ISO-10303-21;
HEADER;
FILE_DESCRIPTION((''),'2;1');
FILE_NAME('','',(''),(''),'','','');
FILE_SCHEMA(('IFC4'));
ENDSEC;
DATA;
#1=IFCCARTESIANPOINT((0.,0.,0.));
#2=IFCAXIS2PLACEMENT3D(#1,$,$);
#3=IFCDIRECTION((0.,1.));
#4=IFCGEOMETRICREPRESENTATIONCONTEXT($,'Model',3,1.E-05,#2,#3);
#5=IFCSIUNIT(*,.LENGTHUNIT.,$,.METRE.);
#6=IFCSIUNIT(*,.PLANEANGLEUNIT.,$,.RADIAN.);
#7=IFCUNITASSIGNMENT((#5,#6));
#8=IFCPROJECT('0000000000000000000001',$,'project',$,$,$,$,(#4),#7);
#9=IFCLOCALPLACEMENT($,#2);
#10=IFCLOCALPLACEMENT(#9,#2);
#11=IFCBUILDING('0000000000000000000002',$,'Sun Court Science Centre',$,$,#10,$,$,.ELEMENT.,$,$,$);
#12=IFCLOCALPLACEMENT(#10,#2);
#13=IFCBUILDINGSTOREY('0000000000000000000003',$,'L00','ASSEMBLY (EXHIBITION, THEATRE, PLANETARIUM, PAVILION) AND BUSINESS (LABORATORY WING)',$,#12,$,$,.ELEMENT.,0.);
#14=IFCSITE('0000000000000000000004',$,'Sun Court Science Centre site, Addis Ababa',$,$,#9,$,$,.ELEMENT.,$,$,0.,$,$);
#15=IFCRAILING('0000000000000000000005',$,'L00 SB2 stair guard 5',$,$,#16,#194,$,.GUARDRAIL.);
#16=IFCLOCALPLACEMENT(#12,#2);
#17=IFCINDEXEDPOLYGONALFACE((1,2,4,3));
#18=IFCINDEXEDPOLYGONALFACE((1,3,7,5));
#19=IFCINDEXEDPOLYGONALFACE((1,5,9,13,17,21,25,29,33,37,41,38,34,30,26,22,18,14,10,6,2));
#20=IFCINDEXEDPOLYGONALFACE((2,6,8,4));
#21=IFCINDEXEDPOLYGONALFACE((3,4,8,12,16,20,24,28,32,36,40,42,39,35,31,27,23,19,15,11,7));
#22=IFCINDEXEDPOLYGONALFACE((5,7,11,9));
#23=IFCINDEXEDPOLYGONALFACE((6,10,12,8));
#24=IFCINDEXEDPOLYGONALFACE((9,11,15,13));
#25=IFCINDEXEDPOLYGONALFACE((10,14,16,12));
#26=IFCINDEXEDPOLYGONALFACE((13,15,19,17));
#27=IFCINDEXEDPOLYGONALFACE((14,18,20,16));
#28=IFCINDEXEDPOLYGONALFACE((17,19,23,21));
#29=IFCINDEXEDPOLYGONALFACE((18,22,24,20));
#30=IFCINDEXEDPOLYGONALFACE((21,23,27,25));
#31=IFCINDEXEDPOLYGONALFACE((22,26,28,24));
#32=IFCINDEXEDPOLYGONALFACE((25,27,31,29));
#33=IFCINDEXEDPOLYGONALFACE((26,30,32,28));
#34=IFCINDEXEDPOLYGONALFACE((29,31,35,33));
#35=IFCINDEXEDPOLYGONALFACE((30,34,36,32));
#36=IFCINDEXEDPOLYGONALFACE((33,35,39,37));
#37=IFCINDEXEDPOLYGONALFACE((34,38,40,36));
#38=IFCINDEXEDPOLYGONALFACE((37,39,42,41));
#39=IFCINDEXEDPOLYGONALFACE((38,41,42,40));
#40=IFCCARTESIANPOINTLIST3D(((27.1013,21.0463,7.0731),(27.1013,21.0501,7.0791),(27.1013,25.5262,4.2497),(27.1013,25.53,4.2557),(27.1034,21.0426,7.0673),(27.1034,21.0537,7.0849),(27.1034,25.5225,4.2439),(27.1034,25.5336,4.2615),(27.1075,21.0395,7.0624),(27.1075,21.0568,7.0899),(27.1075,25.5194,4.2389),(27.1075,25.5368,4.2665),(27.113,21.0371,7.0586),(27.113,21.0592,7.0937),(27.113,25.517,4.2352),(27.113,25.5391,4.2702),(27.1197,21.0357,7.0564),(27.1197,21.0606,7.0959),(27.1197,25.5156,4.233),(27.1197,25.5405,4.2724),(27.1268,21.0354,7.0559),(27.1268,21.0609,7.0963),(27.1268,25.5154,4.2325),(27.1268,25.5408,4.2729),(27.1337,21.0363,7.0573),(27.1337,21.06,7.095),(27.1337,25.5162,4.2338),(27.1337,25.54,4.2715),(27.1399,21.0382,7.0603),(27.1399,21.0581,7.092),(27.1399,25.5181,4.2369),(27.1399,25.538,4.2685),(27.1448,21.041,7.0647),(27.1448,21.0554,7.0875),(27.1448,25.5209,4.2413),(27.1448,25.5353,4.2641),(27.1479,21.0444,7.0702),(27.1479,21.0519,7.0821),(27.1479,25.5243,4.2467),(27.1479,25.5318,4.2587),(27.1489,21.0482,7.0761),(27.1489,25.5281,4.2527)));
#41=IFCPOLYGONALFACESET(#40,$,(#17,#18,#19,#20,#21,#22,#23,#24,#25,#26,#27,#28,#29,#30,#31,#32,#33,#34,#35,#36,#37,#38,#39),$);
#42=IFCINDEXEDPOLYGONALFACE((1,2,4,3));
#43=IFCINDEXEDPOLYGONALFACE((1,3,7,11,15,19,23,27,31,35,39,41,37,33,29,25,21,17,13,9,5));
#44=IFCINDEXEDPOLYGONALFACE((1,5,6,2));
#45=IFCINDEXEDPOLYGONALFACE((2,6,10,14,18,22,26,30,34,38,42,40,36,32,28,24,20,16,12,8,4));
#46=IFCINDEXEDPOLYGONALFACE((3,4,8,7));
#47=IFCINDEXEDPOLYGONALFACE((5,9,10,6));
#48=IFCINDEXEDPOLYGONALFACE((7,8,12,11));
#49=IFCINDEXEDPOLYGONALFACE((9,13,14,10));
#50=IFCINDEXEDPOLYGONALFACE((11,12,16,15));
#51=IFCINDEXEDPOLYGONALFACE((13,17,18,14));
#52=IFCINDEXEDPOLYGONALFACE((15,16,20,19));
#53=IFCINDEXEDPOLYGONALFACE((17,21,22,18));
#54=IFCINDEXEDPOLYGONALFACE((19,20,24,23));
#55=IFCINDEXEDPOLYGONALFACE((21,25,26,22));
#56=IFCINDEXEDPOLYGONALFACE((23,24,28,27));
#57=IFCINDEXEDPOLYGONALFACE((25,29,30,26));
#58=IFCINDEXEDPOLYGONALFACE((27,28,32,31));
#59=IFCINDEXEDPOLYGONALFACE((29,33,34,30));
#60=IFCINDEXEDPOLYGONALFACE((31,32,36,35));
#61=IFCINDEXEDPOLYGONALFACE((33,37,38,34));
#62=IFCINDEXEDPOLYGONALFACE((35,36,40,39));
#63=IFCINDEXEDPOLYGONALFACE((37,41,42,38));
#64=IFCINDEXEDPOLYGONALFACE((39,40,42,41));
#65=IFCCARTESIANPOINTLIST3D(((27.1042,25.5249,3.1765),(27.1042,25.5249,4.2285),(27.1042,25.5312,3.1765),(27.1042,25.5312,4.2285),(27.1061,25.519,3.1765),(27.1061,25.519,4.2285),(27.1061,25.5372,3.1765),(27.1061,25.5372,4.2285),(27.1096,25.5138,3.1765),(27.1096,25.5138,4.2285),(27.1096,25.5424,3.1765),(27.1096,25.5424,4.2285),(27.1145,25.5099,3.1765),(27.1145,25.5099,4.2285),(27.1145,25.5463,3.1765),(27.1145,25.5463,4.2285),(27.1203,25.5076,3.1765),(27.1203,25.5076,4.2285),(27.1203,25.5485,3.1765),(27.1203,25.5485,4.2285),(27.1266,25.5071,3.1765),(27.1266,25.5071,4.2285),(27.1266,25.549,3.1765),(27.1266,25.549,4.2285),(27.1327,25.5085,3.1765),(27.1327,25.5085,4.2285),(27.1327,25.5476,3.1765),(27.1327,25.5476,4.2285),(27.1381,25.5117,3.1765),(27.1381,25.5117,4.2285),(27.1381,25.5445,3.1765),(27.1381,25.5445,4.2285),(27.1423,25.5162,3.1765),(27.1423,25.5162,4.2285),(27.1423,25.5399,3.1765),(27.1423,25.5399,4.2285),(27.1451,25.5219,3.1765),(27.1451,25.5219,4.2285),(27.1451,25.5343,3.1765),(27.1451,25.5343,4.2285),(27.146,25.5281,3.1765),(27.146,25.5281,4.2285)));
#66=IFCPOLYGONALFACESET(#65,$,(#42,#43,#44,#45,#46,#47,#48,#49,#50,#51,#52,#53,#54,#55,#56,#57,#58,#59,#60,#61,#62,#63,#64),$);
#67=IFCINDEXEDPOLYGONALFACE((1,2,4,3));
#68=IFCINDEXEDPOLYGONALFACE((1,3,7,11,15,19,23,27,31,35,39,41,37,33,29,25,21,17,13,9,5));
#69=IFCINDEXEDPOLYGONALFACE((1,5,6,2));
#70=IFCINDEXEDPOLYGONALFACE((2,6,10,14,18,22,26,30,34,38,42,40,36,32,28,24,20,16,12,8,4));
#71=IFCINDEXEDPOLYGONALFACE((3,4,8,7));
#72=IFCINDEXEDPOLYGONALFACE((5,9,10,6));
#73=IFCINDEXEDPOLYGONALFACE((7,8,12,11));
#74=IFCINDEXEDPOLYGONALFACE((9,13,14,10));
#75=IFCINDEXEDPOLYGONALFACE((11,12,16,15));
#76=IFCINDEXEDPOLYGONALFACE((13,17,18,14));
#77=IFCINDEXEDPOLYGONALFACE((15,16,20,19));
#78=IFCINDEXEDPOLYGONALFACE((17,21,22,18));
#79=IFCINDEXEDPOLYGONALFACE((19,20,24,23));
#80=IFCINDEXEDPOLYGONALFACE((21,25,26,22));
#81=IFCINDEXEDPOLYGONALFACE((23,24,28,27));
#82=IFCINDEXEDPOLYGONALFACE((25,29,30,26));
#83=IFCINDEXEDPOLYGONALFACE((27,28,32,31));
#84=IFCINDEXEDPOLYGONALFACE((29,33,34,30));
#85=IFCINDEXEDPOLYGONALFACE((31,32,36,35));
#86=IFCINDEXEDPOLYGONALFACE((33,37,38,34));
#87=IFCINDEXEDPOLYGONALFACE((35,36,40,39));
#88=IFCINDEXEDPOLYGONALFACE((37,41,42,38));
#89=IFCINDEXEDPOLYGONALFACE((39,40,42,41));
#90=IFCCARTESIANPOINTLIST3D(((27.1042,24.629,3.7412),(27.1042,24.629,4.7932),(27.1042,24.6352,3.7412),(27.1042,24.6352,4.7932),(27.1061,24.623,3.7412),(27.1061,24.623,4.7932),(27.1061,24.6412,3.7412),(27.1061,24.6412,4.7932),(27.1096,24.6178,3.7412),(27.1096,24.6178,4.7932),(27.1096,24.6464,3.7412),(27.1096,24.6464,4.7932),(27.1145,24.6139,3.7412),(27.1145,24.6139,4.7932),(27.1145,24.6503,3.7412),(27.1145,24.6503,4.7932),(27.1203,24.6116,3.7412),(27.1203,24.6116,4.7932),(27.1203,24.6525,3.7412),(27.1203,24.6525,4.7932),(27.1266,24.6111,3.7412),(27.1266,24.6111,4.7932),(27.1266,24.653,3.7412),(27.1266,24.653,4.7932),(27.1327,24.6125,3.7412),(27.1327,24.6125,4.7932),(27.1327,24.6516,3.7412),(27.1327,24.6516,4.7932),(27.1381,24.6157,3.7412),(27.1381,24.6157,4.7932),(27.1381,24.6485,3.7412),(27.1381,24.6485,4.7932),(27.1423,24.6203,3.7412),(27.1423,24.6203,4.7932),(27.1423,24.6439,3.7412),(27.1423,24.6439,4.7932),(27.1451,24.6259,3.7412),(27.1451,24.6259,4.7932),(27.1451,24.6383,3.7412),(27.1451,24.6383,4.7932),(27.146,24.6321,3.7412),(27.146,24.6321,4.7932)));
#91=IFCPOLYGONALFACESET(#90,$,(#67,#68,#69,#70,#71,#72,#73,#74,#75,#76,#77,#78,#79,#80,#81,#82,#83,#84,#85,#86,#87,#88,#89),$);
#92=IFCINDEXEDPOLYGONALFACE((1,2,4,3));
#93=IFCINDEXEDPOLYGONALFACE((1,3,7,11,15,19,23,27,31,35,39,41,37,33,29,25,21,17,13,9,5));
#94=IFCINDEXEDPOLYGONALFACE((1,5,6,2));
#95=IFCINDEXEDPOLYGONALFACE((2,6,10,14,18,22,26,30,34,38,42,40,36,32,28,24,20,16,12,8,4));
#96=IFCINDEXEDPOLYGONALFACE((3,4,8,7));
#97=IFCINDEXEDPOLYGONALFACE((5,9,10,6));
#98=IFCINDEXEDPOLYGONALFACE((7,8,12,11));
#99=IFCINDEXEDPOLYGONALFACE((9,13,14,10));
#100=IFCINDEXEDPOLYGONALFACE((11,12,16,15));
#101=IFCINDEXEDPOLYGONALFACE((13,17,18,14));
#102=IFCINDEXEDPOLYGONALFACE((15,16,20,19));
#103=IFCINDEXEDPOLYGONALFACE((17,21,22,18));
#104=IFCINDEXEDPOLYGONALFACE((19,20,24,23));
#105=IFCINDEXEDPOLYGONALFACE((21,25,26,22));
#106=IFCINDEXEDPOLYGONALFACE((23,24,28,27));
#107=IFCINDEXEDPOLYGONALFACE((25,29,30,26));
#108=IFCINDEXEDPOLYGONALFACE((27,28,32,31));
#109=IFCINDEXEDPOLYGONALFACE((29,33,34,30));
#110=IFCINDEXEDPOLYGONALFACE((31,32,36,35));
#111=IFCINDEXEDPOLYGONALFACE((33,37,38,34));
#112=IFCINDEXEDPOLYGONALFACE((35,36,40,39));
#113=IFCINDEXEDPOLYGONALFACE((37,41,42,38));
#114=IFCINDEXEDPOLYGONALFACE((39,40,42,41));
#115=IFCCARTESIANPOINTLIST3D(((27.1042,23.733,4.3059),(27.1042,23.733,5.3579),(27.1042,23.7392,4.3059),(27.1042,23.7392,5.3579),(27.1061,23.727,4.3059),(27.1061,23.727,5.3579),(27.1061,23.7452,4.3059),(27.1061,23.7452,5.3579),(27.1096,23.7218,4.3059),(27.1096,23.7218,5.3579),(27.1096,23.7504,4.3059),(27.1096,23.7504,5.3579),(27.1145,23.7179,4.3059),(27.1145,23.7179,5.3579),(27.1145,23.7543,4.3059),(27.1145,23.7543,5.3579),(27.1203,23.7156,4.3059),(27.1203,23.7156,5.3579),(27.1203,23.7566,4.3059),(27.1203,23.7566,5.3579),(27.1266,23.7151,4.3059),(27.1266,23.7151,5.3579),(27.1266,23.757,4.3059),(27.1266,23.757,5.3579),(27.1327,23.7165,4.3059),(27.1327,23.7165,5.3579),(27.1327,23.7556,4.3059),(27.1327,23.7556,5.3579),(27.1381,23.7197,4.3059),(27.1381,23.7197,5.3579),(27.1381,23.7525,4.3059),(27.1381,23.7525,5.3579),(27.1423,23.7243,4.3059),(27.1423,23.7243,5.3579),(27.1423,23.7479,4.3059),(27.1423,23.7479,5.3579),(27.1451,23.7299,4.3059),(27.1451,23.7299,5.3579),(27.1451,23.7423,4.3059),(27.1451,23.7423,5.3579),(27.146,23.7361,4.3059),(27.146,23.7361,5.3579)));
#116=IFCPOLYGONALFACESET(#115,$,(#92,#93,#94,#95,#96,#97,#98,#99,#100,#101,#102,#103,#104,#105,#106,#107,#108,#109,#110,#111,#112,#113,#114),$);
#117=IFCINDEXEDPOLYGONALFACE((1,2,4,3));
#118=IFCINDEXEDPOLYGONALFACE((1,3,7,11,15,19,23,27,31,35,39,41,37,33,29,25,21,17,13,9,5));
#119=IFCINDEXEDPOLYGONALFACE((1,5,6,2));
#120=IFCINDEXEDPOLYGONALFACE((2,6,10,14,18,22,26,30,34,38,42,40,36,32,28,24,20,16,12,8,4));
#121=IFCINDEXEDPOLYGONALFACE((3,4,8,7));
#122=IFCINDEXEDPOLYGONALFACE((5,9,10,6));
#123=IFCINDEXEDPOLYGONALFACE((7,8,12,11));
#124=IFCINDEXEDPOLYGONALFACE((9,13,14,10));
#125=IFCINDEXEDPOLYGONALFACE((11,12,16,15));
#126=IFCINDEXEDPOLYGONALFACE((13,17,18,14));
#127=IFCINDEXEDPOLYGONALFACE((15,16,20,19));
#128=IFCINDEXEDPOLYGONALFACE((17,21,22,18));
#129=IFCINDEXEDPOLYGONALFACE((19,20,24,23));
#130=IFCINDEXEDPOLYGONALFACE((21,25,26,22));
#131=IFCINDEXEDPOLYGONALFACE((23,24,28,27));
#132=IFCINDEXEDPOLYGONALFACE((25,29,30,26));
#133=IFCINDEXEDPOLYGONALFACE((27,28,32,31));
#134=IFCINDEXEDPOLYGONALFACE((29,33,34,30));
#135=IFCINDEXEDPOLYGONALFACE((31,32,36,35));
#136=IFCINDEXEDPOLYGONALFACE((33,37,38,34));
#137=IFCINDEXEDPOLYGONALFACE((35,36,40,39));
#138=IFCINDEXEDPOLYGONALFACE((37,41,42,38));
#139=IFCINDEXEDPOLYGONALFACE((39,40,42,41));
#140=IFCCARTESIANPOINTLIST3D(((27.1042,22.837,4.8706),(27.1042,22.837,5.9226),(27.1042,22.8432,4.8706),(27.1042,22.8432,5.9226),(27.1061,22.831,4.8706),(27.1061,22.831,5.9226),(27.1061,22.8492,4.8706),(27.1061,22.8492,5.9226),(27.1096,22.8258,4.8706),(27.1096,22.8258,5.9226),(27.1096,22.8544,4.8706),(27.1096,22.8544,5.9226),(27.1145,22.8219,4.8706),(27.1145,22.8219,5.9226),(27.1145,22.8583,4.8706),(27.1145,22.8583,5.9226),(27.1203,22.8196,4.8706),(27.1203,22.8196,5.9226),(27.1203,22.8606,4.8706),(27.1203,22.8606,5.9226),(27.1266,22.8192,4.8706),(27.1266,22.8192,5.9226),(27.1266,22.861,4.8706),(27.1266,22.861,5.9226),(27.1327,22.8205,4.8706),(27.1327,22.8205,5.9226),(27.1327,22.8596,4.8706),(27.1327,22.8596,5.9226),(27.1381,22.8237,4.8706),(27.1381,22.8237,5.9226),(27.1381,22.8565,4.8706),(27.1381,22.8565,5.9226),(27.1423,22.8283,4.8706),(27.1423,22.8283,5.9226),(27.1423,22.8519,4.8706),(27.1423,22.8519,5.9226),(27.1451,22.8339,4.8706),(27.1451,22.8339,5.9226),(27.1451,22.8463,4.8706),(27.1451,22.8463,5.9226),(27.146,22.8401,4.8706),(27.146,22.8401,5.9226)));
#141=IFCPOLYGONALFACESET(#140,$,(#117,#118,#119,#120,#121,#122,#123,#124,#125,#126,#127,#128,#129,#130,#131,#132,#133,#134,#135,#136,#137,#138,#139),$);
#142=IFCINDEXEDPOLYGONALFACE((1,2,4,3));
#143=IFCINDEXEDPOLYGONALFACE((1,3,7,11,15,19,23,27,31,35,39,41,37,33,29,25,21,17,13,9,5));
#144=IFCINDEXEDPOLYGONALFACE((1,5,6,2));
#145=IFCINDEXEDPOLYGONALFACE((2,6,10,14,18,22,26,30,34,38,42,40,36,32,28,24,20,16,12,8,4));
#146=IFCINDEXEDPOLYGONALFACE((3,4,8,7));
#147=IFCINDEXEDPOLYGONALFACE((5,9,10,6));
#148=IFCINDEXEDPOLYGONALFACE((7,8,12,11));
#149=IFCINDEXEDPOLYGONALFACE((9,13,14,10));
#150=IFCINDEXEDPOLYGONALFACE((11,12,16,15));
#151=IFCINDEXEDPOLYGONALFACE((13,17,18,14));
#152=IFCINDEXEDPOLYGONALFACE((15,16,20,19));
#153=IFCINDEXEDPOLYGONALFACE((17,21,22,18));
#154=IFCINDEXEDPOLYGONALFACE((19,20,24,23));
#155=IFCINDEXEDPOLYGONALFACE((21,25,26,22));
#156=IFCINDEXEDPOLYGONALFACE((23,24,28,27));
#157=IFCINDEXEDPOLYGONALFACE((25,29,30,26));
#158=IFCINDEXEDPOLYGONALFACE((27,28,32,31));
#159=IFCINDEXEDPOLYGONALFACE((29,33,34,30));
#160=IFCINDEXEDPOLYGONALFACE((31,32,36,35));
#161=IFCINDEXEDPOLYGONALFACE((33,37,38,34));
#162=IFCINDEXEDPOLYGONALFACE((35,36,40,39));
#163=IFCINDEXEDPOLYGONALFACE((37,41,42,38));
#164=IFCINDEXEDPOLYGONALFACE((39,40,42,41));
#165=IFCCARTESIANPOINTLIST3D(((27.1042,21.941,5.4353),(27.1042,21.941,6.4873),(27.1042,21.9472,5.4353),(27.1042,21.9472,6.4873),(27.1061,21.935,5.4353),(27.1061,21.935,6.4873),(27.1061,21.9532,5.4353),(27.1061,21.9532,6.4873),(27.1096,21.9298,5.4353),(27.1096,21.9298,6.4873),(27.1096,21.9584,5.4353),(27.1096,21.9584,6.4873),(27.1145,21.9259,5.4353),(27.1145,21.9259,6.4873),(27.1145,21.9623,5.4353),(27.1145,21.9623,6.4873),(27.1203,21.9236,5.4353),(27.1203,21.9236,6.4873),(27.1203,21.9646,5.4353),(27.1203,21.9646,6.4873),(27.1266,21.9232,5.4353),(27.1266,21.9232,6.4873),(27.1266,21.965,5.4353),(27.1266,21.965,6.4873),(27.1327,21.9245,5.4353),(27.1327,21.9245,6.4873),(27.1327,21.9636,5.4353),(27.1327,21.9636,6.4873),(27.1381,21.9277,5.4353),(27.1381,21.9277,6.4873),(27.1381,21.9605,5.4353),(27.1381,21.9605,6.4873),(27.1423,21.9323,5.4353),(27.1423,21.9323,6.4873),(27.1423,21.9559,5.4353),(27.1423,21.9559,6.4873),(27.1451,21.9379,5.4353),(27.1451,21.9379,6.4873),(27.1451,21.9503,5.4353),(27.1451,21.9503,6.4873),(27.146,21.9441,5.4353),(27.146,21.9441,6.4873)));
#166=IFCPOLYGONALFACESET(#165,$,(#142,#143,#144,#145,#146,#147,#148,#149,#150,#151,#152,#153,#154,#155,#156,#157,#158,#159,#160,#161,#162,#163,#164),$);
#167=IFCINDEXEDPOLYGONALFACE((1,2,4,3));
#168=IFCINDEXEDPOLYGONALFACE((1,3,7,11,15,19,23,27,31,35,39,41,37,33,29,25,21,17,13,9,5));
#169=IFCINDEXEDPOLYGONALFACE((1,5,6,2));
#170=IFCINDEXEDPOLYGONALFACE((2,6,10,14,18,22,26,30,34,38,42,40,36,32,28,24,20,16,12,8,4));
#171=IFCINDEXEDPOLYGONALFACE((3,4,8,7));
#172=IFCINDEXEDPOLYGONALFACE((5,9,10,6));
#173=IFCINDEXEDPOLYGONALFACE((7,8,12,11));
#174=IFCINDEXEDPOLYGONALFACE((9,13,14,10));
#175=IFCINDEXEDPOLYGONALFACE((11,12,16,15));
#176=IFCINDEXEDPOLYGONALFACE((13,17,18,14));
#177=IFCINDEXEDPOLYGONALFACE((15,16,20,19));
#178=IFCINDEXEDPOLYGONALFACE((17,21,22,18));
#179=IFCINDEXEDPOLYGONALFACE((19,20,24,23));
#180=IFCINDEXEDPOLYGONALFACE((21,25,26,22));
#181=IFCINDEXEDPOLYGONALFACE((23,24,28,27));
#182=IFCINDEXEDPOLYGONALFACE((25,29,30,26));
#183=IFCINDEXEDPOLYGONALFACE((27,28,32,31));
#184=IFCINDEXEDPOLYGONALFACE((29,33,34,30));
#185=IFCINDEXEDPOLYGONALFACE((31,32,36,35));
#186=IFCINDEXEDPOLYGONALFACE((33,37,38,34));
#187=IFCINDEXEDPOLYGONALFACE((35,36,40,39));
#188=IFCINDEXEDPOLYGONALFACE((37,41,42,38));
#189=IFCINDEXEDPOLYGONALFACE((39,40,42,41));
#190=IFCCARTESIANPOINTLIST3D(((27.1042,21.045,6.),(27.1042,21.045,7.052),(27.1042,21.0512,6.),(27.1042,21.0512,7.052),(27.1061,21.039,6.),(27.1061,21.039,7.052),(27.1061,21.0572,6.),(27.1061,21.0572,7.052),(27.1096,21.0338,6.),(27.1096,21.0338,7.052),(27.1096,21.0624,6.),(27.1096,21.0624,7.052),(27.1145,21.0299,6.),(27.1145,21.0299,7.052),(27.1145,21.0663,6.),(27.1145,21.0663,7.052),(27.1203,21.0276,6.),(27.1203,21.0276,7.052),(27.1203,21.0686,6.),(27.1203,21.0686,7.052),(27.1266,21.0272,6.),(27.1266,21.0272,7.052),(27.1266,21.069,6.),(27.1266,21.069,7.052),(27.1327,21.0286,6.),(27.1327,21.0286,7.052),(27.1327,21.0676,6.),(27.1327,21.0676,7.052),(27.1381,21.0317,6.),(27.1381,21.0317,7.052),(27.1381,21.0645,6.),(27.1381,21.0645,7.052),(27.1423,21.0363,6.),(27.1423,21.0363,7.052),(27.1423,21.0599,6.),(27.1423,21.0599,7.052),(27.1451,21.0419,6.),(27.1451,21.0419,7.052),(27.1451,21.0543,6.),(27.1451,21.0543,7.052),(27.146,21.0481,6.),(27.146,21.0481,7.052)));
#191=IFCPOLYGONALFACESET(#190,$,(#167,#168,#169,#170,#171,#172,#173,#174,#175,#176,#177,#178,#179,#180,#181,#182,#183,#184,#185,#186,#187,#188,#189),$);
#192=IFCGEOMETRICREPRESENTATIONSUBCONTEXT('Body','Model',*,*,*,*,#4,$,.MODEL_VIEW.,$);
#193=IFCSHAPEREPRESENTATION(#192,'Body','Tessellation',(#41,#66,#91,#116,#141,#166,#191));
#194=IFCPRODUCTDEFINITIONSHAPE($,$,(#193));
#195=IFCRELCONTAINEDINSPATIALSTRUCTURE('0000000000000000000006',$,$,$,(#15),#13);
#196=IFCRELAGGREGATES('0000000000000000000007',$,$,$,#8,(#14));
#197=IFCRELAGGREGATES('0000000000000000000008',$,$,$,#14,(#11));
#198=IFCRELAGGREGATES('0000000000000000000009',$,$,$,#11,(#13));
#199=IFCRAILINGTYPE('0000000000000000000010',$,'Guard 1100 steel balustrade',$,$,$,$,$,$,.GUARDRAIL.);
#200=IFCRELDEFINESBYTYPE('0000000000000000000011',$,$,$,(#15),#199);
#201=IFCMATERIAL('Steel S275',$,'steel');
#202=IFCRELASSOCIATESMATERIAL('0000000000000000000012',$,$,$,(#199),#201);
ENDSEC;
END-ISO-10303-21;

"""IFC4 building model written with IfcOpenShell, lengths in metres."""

from ifc_helpers import new_model, si_unit, direction, frame, origin, origin_2d, place, context, subcontext, project, spatial, circle, extrude, material, type_object, element, save


model = new_model("IFC4")

# Units and contexts
model_context = context("Model", 3, precision=1e-05, world=origin(), true_north=direction((0.0, 1.0)))
body_context = subcontext(model_context, "Body", "Model", "MODEL_VIEW")
ifc_project = project(units=[si_unit("LENGTHUNIT", "METRE"), si_unit("PLANEANGLEUNIT", "RADIAN")], contexts=[model_context])

# Site, building, storey
site_placement = place(None, origin())
site = spatial("IfcSite", under=ifc_project, at=site_placement, Name="Sun Court Science Centre site, Addis Ababa", CompositionType="ELEMENT", RefElevation=0.0)
building_placement = place(site_placement, origin())
building = spatial("IfcBuilding", under=site, at=building_placement, Name="Sun Court Science Centre", CompositionType="ELEMENT")
storey_placement = place(building_placement, origin())
storey = spatial("IfcBuildingStorey", under=building, at=storey_placement, Name="L00", Description="ASSEMBLY (EXHIBITION, THEATRE, PLANETARIUM, PAVILION) AND BUSINESS (LABORATORY WING)", CompositionType="ELEMENT", Elevation=0.0)

# Railing
ifc_material_1 = material(Name="Steel S275", Category="steel")
railing_type_1 = type_object("IfcRailingType", Name="Guard 1100 steel balustrade", PredefinedType="GUARDRAIL", material=ifc_material_1)
railing_1_placement = place(storey_placement, frame((27.125, 25.5281, 3.1765)))
element("IfcRailing", 1, at=railing_1_placement, inside=storey, type_object=railing_type_1, Name="L00 SB2 stair guard 5", PredefinedType="GUARDRAIL", context=body_context, shape_type="SweptSolid", body=[
    extrude(circle(Radius=0.0239, at=origin_2d()), frame((0.0, 0.0, 1.0762), z_axis=(0.0, -0.845998, 0.533186), x_axis=(1.0, 0.0, 0.0)), (0.0, 0.0, 1.0), 5.2954),
    extrude(circle(Radius=0.021, at=origin_2d()), origin(), (0.0, 0.0, 1.0), 1.052),
    extrude(circle(Radius=0.021, at=origin_2d()), frame((0.0, -0.896, 0.5647)), (0.0, 0.0, 1.0), 1.052),
    extrude(circle(Radius=0.021, at=origin_2d()), frame((0.0, -1.792, 1.1294)), (0.0, 0.0, 1.0), 1.052),
    extrude(circle(Radius=0.021, at=origin_2d()), frame((0.0, -2.688, 1.6941)), (0.0, 0.0, 1.0), 1.052),
    extrude(circle(Radius=0.021, at=origin_2d()), frame((0.0, -3.584, 2.2588)), (0.0, 0.0, 1.0), 1.052),
    extrude(circle(Radius=0.021, at=origin_2d()), frame((0.0, -4.48, 2.8235)), (0.0, 0.0, 1.0), 1.052),
])

save(model, "model.ifc")
